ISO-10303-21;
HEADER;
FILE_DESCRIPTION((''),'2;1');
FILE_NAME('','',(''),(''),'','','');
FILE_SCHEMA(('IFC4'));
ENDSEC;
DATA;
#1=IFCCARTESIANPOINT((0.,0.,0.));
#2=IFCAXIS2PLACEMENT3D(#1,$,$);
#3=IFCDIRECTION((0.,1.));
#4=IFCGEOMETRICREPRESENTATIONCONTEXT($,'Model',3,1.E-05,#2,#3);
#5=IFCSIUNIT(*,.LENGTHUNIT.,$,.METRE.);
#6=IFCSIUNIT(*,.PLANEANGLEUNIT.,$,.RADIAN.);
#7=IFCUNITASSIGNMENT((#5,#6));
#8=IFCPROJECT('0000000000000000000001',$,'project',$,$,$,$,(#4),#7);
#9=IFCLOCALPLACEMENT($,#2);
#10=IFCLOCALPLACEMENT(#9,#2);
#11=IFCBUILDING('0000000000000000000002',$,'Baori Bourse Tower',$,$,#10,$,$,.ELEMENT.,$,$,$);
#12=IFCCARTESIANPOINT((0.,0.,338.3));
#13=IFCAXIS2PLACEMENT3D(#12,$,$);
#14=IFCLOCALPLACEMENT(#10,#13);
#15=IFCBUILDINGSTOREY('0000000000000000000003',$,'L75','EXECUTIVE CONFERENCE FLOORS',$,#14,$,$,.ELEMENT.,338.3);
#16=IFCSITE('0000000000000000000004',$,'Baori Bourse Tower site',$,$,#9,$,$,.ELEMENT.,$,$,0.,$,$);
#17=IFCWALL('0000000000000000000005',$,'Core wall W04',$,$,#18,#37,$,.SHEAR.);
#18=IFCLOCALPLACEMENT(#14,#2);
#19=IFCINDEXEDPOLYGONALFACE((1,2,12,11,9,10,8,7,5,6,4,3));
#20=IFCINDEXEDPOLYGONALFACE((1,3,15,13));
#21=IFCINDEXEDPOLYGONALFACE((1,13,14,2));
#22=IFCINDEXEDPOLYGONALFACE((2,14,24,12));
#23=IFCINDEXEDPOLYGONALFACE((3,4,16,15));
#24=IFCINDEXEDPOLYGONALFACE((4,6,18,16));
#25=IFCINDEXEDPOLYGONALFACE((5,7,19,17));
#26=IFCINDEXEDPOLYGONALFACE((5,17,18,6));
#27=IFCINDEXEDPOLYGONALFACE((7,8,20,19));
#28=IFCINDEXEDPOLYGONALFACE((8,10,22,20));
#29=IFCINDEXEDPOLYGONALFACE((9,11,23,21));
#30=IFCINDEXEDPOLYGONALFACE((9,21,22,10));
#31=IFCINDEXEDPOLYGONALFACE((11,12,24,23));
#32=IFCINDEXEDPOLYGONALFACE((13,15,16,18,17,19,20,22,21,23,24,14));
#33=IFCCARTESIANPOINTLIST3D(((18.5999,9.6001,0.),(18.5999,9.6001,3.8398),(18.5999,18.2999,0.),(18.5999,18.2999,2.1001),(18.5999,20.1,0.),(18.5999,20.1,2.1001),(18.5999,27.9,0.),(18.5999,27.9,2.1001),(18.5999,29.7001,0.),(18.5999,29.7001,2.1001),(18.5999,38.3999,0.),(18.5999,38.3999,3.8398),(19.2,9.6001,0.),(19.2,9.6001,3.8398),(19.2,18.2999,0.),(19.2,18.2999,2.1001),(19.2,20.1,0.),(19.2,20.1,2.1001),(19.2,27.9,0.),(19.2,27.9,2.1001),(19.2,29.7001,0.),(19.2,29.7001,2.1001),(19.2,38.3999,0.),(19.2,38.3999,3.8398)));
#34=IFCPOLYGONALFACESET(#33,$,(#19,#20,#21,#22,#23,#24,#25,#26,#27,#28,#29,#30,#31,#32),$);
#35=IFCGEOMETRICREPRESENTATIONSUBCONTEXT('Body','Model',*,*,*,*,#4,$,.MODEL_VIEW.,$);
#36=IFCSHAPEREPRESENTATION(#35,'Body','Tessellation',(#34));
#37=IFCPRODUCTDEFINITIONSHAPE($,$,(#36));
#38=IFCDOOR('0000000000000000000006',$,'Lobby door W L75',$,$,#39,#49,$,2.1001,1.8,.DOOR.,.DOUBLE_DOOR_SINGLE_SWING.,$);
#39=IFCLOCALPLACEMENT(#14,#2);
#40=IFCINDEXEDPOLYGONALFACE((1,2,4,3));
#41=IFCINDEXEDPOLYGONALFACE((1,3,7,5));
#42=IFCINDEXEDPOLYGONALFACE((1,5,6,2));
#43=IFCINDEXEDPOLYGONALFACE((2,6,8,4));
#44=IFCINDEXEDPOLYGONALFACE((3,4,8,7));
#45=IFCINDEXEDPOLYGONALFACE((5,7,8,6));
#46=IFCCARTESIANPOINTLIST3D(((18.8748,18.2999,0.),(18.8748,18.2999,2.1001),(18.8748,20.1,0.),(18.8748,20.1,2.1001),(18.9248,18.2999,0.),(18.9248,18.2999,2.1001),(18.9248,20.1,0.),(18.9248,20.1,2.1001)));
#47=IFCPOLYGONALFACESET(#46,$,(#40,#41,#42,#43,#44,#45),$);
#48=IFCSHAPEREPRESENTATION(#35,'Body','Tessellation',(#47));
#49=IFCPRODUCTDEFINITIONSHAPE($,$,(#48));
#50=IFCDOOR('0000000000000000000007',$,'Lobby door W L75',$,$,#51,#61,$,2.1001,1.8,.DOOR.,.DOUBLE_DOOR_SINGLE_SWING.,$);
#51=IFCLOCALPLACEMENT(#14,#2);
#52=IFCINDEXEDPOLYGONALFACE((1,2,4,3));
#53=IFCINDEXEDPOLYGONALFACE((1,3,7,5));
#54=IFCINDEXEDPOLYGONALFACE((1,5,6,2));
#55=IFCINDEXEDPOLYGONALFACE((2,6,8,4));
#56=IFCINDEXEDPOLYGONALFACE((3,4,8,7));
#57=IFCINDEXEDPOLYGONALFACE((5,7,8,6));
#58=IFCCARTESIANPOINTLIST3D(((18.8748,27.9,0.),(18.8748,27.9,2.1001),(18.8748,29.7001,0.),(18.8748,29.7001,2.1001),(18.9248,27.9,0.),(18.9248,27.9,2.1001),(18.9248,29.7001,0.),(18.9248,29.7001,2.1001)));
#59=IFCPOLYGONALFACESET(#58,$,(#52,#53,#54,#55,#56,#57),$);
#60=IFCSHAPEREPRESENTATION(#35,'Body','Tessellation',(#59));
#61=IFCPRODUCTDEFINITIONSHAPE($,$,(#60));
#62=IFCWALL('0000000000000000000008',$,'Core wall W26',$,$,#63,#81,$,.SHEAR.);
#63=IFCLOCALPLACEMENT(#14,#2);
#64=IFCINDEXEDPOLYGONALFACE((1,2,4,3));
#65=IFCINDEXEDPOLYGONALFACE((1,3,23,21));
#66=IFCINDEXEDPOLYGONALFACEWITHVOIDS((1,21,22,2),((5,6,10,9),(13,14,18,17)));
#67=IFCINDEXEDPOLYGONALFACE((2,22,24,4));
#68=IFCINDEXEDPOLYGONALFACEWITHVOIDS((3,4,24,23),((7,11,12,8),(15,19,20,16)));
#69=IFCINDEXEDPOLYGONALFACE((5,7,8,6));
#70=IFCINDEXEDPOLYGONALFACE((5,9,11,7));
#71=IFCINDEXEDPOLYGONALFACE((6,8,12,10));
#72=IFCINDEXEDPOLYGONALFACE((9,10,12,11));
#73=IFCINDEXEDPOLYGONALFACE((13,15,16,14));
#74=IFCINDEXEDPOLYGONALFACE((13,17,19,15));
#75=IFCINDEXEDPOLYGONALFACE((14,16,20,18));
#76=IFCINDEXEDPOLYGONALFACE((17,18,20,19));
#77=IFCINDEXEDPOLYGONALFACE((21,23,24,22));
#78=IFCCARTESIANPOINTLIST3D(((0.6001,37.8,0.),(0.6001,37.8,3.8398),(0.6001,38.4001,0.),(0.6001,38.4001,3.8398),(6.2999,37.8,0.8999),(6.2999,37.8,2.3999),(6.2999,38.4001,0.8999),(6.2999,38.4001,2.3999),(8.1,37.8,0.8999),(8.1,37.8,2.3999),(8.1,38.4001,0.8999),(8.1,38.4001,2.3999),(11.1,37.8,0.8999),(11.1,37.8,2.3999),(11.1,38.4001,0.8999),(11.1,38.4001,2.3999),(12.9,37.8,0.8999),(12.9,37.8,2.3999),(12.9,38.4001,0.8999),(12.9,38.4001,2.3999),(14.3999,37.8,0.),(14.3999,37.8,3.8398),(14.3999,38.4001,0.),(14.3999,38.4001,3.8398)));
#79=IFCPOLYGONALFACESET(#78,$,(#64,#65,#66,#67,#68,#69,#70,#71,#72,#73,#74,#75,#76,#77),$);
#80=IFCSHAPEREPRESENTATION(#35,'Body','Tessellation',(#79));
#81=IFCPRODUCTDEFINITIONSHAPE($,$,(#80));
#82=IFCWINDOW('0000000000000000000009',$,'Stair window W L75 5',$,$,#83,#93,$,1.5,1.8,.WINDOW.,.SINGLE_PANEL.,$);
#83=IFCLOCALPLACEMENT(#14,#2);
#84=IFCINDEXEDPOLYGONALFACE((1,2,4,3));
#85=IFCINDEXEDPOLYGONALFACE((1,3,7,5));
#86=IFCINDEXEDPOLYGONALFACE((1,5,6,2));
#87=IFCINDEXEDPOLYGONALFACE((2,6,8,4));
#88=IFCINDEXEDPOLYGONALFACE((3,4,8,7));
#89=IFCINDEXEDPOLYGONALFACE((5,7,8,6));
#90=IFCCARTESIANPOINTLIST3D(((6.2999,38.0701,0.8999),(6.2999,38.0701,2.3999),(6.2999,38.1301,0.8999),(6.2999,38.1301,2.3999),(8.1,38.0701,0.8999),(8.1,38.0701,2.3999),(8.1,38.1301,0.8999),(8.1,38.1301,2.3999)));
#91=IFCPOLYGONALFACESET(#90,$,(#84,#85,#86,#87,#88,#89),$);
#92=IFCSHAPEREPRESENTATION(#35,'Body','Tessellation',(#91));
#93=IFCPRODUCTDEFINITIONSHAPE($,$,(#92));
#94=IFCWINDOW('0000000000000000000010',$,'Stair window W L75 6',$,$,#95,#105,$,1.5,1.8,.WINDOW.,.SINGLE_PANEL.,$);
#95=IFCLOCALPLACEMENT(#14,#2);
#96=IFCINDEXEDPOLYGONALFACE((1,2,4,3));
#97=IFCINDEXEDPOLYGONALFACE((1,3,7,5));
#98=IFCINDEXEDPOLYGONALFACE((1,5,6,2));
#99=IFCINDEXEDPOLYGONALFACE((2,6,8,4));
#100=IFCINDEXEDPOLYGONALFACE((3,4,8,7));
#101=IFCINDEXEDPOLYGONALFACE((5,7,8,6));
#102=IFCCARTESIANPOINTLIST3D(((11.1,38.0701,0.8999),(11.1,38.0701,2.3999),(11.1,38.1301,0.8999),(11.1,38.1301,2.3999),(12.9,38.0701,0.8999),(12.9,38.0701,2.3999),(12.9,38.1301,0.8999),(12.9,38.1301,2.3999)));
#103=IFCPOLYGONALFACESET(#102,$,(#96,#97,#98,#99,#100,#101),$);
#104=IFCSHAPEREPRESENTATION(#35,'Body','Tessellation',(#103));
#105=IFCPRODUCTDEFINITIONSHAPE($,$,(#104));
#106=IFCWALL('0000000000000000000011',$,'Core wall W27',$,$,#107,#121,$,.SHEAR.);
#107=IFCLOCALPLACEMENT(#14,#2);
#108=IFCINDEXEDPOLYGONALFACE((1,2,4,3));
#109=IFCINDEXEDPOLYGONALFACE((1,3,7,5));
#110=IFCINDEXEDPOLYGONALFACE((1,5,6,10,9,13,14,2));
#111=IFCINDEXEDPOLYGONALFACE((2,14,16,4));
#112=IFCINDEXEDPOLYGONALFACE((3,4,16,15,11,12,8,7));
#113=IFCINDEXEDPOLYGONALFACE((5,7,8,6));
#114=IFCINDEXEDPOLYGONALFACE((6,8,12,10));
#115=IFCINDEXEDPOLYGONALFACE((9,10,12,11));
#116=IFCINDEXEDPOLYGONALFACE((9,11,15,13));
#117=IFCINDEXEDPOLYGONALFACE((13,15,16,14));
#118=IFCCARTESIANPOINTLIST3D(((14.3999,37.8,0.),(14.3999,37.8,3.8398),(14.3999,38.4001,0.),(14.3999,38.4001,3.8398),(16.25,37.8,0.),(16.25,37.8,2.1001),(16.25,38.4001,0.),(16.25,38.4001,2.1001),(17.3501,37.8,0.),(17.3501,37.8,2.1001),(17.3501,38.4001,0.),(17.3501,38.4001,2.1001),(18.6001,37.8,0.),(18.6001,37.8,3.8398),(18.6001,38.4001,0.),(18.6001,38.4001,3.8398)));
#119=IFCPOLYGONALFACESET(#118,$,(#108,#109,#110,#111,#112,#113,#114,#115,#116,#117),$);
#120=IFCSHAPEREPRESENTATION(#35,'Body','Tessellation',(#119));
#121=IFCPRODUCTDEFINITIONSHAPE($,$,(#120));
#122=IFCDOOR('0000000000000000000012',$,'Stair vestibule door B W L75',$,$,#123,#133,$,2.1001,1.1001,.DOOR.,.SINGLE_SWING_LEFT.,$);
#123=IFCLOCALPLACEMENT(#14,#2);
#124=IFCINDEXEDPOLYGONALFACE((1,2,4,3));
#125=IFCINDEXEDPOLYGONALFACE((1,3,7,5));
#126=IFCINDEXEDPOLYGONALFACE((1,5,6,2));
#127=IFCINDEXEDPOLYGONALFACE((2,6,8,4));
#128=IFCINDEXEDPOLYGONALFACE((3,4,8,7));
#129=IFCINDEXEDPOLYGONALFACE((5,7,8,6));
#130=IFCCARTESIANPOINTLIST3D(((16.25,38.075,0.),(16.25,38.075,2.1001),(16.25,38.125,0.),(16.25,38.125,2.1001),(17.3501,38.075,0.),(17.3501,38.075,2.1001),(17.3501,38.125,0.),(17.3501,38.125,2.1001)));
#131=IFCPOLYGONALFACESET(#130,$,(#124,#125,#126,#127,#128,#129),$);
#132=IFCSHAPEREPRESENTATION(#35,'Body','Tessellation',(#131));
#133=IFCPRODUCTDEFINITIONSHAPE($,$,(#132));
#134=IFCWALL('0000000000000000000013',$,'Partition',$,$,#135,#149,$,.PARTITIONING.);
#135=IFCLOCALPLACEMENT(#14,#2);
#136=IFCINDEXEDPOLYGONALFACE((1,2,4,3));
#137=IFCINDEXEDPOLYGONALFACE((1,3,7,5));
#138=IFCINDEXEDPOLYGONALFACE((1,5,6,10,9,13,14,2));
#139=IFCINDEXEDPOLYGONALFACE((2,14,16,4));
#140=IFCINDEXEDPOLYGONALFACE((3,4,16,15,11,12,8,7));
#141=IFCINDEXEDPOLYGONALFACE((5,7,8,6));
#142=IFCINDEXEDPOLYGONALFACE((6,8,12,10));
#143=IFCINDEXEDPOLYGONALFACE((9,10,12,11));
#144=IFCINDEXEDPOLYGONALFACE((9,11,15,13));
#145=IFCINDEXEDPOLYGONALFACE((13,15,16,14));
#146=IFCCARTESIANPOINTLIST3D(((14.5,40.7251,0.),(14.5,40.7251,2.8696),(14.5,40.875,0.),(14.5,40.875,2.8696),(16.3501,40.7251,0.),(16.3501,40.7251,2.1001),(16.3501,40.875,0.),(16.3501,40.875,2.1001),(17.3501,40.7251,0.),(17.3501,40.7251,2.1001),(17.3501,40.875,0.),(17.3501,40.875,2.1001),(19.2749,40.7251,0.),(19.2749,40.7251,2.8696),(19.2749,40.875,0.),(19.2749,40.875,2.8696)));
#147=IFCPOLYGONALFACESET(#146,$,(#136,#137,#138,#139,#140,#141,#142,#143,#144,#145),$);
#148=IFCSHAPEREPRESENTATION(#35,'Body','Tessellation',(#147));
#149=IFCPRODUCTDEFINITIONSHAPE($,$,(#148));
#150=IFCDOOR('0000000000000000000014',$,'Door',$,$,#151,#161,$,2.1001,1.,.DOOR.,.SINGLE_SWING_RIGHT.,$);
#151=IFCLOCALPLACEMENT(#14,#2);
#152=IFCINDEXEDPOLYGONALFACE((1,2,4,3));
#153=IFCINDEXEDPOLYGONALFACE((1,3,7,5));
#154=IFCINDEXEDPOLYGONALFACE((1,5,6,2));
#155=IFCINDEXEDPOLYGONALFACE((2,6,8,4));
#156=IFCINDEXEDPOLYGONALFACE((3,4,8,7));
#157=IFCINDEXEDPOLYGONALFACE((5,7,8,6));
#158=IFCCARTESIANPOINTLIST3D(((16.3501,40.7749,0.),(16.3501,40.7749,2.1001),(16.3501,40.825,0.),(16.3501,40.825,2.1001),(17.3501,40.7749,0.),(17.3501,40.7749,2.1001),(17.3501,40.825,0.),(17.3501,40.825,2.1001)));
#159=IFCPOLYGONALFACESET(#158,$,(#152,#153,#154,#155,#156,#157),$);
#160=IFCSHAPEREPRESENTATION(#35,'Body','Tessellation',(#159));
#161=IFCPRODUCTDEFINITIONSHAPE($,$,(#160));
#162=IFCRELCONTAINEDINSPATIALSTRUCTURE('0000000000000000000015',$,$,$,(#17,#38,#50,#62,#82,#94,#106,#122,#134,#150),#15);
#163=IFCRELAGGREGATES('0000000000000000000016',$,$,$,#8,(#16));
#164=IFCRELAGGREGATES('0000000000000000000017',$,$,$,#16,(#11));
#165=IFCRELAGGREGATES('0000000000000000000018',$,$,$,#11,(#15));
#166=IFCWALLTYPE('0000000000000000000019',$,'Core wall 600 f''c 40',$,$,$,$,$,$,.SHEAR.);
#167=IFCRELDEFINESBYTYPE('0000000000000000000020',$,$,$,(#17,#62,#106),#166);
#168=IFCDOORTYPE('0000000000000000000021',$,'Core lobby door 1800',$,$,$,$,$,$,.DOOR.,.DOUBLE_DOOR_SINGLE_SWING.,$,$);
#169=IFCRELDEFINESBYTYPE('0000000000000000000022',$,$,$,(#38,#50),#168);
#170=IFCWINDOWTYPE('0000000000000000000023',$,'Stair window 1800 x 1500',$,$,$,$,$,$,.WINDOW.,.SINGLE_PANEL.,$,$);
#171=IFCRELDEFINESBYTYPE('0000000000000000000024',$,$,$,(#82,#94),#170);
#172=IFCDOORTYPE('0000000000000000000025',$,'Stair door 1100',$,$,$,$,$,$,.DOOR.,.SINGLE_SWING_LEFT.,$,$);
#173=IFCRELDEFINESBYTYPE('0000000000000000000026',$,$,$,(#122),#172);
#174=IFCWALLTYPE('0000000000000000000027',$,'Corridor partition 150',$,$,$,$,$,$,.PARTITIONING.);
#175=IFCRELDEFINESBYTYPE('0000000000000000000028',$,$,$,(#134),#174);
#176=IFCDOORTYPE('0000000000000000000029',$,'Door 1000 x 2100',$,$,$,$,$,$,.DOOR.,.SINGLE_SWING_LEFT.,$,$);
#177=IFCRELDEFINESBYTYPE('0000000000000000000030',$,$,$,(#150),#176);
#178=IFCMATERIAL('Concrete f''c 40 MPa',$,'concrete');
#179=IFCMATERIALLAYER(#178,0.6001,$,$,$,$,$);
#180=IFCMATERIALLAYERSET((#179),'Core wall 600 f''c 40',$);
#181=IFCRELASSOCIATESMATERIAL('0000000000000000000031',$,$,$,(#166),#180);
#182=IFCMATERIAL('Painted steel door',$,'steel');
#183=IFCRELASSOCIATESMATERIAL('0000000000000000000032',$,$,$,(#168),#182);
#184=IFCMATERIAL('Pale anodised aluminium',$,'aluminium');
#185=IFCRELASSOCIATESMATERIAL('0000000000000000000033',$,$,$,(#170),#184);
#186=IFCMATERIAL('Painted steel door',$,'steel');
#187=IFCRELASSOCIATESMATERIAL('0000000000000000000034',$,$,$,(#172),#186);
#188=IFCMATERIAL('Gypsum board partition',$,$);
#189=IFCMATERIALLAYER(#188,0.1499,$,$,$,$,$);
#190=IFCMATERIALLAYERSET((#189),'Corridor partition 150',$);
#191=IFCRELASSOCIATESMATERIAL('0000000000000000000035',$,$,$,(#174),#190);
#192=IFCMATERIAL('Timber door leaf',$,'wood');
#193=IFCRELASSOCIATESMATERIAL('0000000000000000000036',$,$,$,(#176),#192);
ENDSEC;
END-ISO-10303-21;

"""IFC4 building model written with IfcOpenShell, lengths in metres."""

from ifc_helpers import new_model, si_unit, direction, frame, frame_2d, origin, place, context, subcontext, project, spatial, rectangle, extrude, material, layer, layer_set, type_object, element, fill, save


model = new_model("IFC4")

# Units and contexts
model_context = context("Model", 3, precision=1e-05, world=origin(), true_north=direction((0.0, 1.0)))
body_context = subcontext(model_context, "Body", "Model", "MODEL_VIEW")
ifc_project = project(units=[si_unit("LENGTHUNIT", "METRE"), si_unit("PLANEANGLEUNIT", "RADIAN")], contexts=[model_context])

# Site, building, storey
site_placement = place(None, origin())
site = spatial("IfcSite", under=ifc_project, at=site_placement, Name="Baori Bourse Tower site", CompositionType="ELEMENT", RefElevation=0.0)
building_placement = place(site_placement, origin())
building = spatial("IfcBuilding", under=site, at=building_placement, Name="Baori Bourse Tower", CompositionType="ELEMENT")
storey_placement = place(building_placement, frame((0.0, 0.0, 338.3)))
storey = spatial("IfcBuildingStorey", under=building, at=storey_placement, Name="L75", Description="EXECUTIVE CONFERENCE FLOORS", CompositionType="ELEMENT", Elevation=338.3)

# Wall, openings, doors
ifc_material_1 = material(Name="Concrete f'c 40 MPa", Category="concrete")
ifc_layer_1 = layer(ifc_material_1, 0.6001)
ifc_layer_set_1 = layer_set([ifc_layer_1], Name="Core wall 600 f'c 40")
wall_type_1 = type_object("IfcWallType", Name="Core wall 600 f'c 40", PredefinedType="SHEAR", material=ifc_layer_set_1)
wall_1_placement = place(storey_placement, frame((18.8999, 38.3999, 0.0), z_axis=(0.0, 0.0, 1.0), x_axis=(0.0, -1.0, 0.0)))
wall_1 = element("IfcWall", 1, at=wall_1_placement, inside=storey, type_object=wall_type_1, Name="Core wall W04", PredefinedType="SHEAR", context=body_context, shape_type="SweptSolid", body=[
    extrude(rectangle(XDim=28.7998, YDim=0.6001, at=frame_2d((14.3999, 0.0))), origin(), (0.0, 0.0, 1.0), 3.8398),
])
opening_1_placement = place(wall_1_placement, frame((18.3, 0.0, 0.0)))
opening_1 = element("IfcOpeningElement", 2, at=opening_1_placement, cuts=wall_1, PredefinedType="OPENING", context=body_context, shape_type="SweptSolid", body=[
    extrude(rectangle(XDim=1.8, YDim=2.1001, at=frame_2d((0.8999, 1.05))), frame((0.0, 0.3101, 0.0), z_axis=(0.0, -1.0, 0.0), x_axis=(1.0, 0.0, 0.0)), (0.0, 0.0, 1.0), 0.6201),
])
opening_2_placement = place(wall_1_placement, frame((8.7, 0.0, 0.0)))
opening_2 = element("IfcOpeningElement", 3, at=opening_2_placement, cuts=wall_1, PredefinedType="OPENING", context=body_context, shape_type="SweptSolid", body=[
    extrude(rectangle(XDim=1.8, YDim=2.1001, at=frame_2d((0.8999, 1.05))), frame((0.0, 0.3101, 0.0), z_axis=(0.0, -1.0, 0.0), x_axis=(1.0, 0.0, 0.0)), (0.0, 0.0, 1.0), 0.6201),
])
ifc_material_2 = material(Name="Painted steel door", Category="steel")
door_type_1 = type_object("IfcDoorType", Name="Core lobby door 1800", OperationType="DOUBLE_DOOR_SINGLE_SWING", PredefinedType="DOOR", material=ifc_material_2)
door_1_placement = place(opening_1_placement, origin())
door_1 = element("IfcDoor", 4, at=door_1_placement, inside=storey, type_object=door_type_1, Name="Lobby door W L75", OperationType="DOUBLE_DOOR_SINGLE_SWING", OverallHeight=2.1001, OverallWidth=1.8, PredefinedType="DOOR", context=body_context, shape_type="SweptSolid", body=[
    extrude(rectangle(XDim=1.8, YDim=2.1001, at=frame_2d((0.8999, 1.05))), frame((0.0, 0.0249, 0.0), z_axis=(0.0, -1.0, 0.0), x_axis=(1.0, 0.0, 0.0)), (0.0, 0.0, 1.0), 0.05),
])
fill(opening_1, door_1)
door_2_placement = place(opening_2_placement, origin())
door_2 = element("IfcDoor", 5, at=door_2_placement, inside=storey, type_object=door_type_1, Name="Lobby door W L75", OperationType="DOUBLE_DOOR_SINGLE_SWING", OverallHeight=2.1001, OverallWidth=1.8, PredefinedType="DOOR", context=body_context, shape_type="SweptSolid", body=[
    extrude(rectangle(XDim=1.8, YDim=2.1001, at=frame_2d((0.8999, 1.05))), frame((0.0, 0.0249, 0.0), z_axis=(0.0, -1.0, 0.0), x_axis=(1.0, 0.0, 0.0)), (0.0, 0.0, 1.0), 0.05),
])
fill(opening_2, door_2)

# Wall, openings, windows
wall_2_placement = place(storey_placement, frame((0.6001, 38.1001, 0.0), z_axis=(0.0, 0.0, 1.0), x_axis=(1.0, 0.0, 0.0)))
wall_2 = element("IfcWall", 6, at=wall_2_placement, inside=storey, type_object=wall_type_1, Name="Core wall W26", PredefinedType="SHEAR", context=body_context, shape_type="SweptSolid", body=[
    extrude(rectangle(XDim=13.7998, YDim=0.6001, at=frame_2d((6.8999, 0.0))), origin(), (0.0, 0.0, 1.0), 3.8398),
])
opening_3_placement = place(wall_2_placement, frame((5.7, 0.0, 0.8999)))
opening_3 = element("IfcOpeningElement", 7, at=opening_3_placement, cuts=wall_2, PredefinedType="OPENING", context=body_context, shape_type="SweptSolid", body=[
    extrude(rectangle(XDim=1.8, YDim=1.5, at=frame_2d((0.8999, 0.75))), frame((0.0, 0.3101, 0.0), z_axis=(0.0, -1.0, 0.0), x_axis=(1.0, 0.0, 0.0)), (0.0, 0.0, 1.0), 0.6201),
])
opening_4_placement = place(wall_2_placement, frame((10.5, 0.0, 0.8999)))
opening_4 = element("IfcOpeningElement", 8, at=opening_4_placement, cuts=wall_2, PredefinedType="OPENING", context=body_context, shape_type="SweptSolid", body=[
    extrude(rectangle(XDim=1.8, YDim=1.5, at=frame_2d((0.8999, 0.75))), frame((0.0, 0.3101, 0.0), z_axis=(0.0, -1.0, 0.0), x_axis=(1.0, 0.0, 0.0)), (0.0, 0.0, 1.0), 0.6201),
])
ifc_material_3 = material(Name="Pale anodised aluminium", Category="aluminium")
window_type = type_object("IfcWindowType", Name="Stair window 1800 x 1500", PartitioningType="SINGLE_PANEL", PredefinedType="WINDOW", material=ifc_material_3)
window_1_placement = place(opening_3_placement, origin())
window_1 = element("IfcWindow", 9, at=window_1_placement, inside=storey, type_object=window_type, Name="Stair window W L75 5", OverallHeight=1.5, OverallWidth=1.8, PartitioningType="SINGLE_PANEL", PredefinedType="WINDOW", context=body_context, shape_type="SweptSolid", body=[
    extrude(rectangle(XDim=1.8, YDim=1.5, at=frame_2d((0.8999, 0.75))), frame((0.0, 0.03, 0.0), z_axis=(0.0, -1.0, 0.0), x_axis=(1.0, 0.0, 0.0)), (0.0, 0.0, 1.0), 0.0601),
])
fill(opening_3, window_1)
window_2_placement = place(opening_4_placement, origin())
window_2 = element("IfcWindow", 10, at=window_2_placement, inside=storey, type_object=window_type, Name="Stair window W L75 6", OverallHeight=1.5, OverallWidth=1.8, PartitioningType="SINGLE_PANEL", PredefinedType="WINDOW", context=body_context, shape_type="SweptSolid", body=[
    extrude(rectangle(XDim=1.8, YDim=1.5, at=frame_2d((0.8999, 0.75))), frame((0.0, 0.03, 0.0), z_axis=(0.0, -1.0, 0.0), x_axis=(1.0, 0.0, 0.0)), (0.0, 0.0, 1.0), 0.0601),
])
fill(opening_4, window_2)

# Walls, openings, doors
wall_3_placement = place(storey_placement, frame((14.3999, 38.1001, 0.0), z_axis=(0.0, 0.0, 1.0), x_axis=(1.0, 0.0, 0.0)))
wall_3 = element("IfcWall", 11, at=wall_3_placement, inside=storey, type_object=wall_type_1, Name="Core wall W27", PredefinedType="SHEAR", context=body_context, shape_type="SweptSolid", body=[
    extrude(rectangle(XDim=4.2002, YDim=0.6001, at=frame_2d((2.1001, 0.0))), origin(), (0.0, 0.0, 1.0), 3.8398),
])
opening_5_placement = place(wall_3_placement, frame((1.8501, 0.0, 0.0)))
opening_5 = element("IfcOpeningElement", 12, at=opening_5_placement, cuts=wall_3, PredefinedType="OPENING", context=body_context, shape_type="SweptSolid", body=[
    extrude(rectangle(XDim=1.1001, YDim=2.1001, at=frame_2d((0.55, 1.05))), frame((0.0, 0.3101, 0.0), z_axis=(0.0, -1.0, 0.0), x_axis=(1.0, 0.0, 0.0)), (0.0, 0.0, 1.0), 0.6201),
])
ifc_material_4 = material(Name="Painted steel door", Category="steel")
door_type_2 = type_object("IfcDoorType", Name="Stair door 1100", OperationType="SINGLE_SWING_LEFT", PredefinedType="DOOR", material=ifc_material_4)
door_3_placement = place(opening_5_placement, origin())
door_3 = element("IfcDoor", 13, at=door_3_placement, inside=storey, type_object=door_type_2, Name="Stair vestibule door B W L75", OperationType="SINGLE_SWING_LEFT", OverallHeight=2.1001, OverallWidth=1.1001, PredefinedType="DOOR", context=body_context, shape_type="SweptSolid", body=[
    extrude(rectangle(XDim=1.1001, YDim=2.1001, at=frame_2d((0.55, 1.05))), frame((0.0, 0.0249, 0.0), z_axis=(0.0, -1.0, 0.0), x_axis=(1.0, 0.0, 0.0)), (0.0, 0.0, 1.0), 0.05),
])
fill(opening_5, door_3)
ifc_material_5 = material(Name="Gypsum board partition")
ifc_layer_2 = layer(ifc_material_5, 0.1499)
ifc_layer_set_2 = layer_set([ifc_layer_2], Name="Corridor partition 150")
wall_type_2 = type_object("IfcWallType", Name="Corridor partition 150", PredefinedType="PARTITIONING", material=ifc_layer_set_2)
wall_4_placement = place(storey_placement, frame((14.5, 40.8, 0.0), z_axis=(0.0, 0.0, 1.0), x_axis=(1.0, 0.0, 0.0)))
wall_4 = element("IfcWall", 14, at=wall_4_placement, inside=storey, type_object=wall_type_2, Name="Partition", PredefinedType="PARTITIONING", context=body_context, shape_type="SweptSolid", body=[
    extrude(rectangle(XDim=4.7749, YDim=0.1499, at=frame_2d((2.3875, 0.0))), origin(), (0.0, 0.0, 1.0), 2.8696),
])
opening_6_placement = place(wall_4_placement, frame((1.8501, 0.0, 0.0)))
opening_6 = element("IfcOpeningElement", 15, at=opening_6_placement, cuts=wall_4, PredefinedType="OPENING", context=body_context, shape_type="SweptSolid", body=[
    extrude(rectangle(XDim=1.0, YDim=2.1001, at=frame_2d((0.5, 1.05))), frame((0.0, 0.085, 0.0), z_axis=(0.0, -1.0, 0.0), x_axis=(1.0, 0.0, 0.0)), (0.0, 0.0, 1.0), 0.1699),
])
ifc_material_6 = material(Name="Timber door leaf", Category="wood")
door_type_3 = type_object("IfcDoorType", Name="Door 1000 x 2100", OperationType="SINGLE_SWING_LEFT", PredefinedType="DOOR", material=ifc_material_6)
door_4_placement = place(opening_6_placement, origin())
door_4 = element("IfcDoor", 16, at=door_4_placement, inside=storey, type_object=door_type_3, Name="Door", OperationType="SINGLE_SWING_RIGHT", OverallHeight=2.1001, OverallWidth=1.0, PredefinedType="DOOR", context=body_context, shape_type="SweptSolid", body=[
    extrude(rectangle(XDim=1.0, YDim=2.1001, at=frame_2d((0.5, 1.05))), frame((0.0, 0.0249, 0.0), z_axis=(0.0, -1.0, 0.0), x_axis=(1.0, 0.0, 0.0)), (0.0, 0.0, 1.0), 0.05),
])
fill(opening_6, door_4)

save(model, "model.ifc")
